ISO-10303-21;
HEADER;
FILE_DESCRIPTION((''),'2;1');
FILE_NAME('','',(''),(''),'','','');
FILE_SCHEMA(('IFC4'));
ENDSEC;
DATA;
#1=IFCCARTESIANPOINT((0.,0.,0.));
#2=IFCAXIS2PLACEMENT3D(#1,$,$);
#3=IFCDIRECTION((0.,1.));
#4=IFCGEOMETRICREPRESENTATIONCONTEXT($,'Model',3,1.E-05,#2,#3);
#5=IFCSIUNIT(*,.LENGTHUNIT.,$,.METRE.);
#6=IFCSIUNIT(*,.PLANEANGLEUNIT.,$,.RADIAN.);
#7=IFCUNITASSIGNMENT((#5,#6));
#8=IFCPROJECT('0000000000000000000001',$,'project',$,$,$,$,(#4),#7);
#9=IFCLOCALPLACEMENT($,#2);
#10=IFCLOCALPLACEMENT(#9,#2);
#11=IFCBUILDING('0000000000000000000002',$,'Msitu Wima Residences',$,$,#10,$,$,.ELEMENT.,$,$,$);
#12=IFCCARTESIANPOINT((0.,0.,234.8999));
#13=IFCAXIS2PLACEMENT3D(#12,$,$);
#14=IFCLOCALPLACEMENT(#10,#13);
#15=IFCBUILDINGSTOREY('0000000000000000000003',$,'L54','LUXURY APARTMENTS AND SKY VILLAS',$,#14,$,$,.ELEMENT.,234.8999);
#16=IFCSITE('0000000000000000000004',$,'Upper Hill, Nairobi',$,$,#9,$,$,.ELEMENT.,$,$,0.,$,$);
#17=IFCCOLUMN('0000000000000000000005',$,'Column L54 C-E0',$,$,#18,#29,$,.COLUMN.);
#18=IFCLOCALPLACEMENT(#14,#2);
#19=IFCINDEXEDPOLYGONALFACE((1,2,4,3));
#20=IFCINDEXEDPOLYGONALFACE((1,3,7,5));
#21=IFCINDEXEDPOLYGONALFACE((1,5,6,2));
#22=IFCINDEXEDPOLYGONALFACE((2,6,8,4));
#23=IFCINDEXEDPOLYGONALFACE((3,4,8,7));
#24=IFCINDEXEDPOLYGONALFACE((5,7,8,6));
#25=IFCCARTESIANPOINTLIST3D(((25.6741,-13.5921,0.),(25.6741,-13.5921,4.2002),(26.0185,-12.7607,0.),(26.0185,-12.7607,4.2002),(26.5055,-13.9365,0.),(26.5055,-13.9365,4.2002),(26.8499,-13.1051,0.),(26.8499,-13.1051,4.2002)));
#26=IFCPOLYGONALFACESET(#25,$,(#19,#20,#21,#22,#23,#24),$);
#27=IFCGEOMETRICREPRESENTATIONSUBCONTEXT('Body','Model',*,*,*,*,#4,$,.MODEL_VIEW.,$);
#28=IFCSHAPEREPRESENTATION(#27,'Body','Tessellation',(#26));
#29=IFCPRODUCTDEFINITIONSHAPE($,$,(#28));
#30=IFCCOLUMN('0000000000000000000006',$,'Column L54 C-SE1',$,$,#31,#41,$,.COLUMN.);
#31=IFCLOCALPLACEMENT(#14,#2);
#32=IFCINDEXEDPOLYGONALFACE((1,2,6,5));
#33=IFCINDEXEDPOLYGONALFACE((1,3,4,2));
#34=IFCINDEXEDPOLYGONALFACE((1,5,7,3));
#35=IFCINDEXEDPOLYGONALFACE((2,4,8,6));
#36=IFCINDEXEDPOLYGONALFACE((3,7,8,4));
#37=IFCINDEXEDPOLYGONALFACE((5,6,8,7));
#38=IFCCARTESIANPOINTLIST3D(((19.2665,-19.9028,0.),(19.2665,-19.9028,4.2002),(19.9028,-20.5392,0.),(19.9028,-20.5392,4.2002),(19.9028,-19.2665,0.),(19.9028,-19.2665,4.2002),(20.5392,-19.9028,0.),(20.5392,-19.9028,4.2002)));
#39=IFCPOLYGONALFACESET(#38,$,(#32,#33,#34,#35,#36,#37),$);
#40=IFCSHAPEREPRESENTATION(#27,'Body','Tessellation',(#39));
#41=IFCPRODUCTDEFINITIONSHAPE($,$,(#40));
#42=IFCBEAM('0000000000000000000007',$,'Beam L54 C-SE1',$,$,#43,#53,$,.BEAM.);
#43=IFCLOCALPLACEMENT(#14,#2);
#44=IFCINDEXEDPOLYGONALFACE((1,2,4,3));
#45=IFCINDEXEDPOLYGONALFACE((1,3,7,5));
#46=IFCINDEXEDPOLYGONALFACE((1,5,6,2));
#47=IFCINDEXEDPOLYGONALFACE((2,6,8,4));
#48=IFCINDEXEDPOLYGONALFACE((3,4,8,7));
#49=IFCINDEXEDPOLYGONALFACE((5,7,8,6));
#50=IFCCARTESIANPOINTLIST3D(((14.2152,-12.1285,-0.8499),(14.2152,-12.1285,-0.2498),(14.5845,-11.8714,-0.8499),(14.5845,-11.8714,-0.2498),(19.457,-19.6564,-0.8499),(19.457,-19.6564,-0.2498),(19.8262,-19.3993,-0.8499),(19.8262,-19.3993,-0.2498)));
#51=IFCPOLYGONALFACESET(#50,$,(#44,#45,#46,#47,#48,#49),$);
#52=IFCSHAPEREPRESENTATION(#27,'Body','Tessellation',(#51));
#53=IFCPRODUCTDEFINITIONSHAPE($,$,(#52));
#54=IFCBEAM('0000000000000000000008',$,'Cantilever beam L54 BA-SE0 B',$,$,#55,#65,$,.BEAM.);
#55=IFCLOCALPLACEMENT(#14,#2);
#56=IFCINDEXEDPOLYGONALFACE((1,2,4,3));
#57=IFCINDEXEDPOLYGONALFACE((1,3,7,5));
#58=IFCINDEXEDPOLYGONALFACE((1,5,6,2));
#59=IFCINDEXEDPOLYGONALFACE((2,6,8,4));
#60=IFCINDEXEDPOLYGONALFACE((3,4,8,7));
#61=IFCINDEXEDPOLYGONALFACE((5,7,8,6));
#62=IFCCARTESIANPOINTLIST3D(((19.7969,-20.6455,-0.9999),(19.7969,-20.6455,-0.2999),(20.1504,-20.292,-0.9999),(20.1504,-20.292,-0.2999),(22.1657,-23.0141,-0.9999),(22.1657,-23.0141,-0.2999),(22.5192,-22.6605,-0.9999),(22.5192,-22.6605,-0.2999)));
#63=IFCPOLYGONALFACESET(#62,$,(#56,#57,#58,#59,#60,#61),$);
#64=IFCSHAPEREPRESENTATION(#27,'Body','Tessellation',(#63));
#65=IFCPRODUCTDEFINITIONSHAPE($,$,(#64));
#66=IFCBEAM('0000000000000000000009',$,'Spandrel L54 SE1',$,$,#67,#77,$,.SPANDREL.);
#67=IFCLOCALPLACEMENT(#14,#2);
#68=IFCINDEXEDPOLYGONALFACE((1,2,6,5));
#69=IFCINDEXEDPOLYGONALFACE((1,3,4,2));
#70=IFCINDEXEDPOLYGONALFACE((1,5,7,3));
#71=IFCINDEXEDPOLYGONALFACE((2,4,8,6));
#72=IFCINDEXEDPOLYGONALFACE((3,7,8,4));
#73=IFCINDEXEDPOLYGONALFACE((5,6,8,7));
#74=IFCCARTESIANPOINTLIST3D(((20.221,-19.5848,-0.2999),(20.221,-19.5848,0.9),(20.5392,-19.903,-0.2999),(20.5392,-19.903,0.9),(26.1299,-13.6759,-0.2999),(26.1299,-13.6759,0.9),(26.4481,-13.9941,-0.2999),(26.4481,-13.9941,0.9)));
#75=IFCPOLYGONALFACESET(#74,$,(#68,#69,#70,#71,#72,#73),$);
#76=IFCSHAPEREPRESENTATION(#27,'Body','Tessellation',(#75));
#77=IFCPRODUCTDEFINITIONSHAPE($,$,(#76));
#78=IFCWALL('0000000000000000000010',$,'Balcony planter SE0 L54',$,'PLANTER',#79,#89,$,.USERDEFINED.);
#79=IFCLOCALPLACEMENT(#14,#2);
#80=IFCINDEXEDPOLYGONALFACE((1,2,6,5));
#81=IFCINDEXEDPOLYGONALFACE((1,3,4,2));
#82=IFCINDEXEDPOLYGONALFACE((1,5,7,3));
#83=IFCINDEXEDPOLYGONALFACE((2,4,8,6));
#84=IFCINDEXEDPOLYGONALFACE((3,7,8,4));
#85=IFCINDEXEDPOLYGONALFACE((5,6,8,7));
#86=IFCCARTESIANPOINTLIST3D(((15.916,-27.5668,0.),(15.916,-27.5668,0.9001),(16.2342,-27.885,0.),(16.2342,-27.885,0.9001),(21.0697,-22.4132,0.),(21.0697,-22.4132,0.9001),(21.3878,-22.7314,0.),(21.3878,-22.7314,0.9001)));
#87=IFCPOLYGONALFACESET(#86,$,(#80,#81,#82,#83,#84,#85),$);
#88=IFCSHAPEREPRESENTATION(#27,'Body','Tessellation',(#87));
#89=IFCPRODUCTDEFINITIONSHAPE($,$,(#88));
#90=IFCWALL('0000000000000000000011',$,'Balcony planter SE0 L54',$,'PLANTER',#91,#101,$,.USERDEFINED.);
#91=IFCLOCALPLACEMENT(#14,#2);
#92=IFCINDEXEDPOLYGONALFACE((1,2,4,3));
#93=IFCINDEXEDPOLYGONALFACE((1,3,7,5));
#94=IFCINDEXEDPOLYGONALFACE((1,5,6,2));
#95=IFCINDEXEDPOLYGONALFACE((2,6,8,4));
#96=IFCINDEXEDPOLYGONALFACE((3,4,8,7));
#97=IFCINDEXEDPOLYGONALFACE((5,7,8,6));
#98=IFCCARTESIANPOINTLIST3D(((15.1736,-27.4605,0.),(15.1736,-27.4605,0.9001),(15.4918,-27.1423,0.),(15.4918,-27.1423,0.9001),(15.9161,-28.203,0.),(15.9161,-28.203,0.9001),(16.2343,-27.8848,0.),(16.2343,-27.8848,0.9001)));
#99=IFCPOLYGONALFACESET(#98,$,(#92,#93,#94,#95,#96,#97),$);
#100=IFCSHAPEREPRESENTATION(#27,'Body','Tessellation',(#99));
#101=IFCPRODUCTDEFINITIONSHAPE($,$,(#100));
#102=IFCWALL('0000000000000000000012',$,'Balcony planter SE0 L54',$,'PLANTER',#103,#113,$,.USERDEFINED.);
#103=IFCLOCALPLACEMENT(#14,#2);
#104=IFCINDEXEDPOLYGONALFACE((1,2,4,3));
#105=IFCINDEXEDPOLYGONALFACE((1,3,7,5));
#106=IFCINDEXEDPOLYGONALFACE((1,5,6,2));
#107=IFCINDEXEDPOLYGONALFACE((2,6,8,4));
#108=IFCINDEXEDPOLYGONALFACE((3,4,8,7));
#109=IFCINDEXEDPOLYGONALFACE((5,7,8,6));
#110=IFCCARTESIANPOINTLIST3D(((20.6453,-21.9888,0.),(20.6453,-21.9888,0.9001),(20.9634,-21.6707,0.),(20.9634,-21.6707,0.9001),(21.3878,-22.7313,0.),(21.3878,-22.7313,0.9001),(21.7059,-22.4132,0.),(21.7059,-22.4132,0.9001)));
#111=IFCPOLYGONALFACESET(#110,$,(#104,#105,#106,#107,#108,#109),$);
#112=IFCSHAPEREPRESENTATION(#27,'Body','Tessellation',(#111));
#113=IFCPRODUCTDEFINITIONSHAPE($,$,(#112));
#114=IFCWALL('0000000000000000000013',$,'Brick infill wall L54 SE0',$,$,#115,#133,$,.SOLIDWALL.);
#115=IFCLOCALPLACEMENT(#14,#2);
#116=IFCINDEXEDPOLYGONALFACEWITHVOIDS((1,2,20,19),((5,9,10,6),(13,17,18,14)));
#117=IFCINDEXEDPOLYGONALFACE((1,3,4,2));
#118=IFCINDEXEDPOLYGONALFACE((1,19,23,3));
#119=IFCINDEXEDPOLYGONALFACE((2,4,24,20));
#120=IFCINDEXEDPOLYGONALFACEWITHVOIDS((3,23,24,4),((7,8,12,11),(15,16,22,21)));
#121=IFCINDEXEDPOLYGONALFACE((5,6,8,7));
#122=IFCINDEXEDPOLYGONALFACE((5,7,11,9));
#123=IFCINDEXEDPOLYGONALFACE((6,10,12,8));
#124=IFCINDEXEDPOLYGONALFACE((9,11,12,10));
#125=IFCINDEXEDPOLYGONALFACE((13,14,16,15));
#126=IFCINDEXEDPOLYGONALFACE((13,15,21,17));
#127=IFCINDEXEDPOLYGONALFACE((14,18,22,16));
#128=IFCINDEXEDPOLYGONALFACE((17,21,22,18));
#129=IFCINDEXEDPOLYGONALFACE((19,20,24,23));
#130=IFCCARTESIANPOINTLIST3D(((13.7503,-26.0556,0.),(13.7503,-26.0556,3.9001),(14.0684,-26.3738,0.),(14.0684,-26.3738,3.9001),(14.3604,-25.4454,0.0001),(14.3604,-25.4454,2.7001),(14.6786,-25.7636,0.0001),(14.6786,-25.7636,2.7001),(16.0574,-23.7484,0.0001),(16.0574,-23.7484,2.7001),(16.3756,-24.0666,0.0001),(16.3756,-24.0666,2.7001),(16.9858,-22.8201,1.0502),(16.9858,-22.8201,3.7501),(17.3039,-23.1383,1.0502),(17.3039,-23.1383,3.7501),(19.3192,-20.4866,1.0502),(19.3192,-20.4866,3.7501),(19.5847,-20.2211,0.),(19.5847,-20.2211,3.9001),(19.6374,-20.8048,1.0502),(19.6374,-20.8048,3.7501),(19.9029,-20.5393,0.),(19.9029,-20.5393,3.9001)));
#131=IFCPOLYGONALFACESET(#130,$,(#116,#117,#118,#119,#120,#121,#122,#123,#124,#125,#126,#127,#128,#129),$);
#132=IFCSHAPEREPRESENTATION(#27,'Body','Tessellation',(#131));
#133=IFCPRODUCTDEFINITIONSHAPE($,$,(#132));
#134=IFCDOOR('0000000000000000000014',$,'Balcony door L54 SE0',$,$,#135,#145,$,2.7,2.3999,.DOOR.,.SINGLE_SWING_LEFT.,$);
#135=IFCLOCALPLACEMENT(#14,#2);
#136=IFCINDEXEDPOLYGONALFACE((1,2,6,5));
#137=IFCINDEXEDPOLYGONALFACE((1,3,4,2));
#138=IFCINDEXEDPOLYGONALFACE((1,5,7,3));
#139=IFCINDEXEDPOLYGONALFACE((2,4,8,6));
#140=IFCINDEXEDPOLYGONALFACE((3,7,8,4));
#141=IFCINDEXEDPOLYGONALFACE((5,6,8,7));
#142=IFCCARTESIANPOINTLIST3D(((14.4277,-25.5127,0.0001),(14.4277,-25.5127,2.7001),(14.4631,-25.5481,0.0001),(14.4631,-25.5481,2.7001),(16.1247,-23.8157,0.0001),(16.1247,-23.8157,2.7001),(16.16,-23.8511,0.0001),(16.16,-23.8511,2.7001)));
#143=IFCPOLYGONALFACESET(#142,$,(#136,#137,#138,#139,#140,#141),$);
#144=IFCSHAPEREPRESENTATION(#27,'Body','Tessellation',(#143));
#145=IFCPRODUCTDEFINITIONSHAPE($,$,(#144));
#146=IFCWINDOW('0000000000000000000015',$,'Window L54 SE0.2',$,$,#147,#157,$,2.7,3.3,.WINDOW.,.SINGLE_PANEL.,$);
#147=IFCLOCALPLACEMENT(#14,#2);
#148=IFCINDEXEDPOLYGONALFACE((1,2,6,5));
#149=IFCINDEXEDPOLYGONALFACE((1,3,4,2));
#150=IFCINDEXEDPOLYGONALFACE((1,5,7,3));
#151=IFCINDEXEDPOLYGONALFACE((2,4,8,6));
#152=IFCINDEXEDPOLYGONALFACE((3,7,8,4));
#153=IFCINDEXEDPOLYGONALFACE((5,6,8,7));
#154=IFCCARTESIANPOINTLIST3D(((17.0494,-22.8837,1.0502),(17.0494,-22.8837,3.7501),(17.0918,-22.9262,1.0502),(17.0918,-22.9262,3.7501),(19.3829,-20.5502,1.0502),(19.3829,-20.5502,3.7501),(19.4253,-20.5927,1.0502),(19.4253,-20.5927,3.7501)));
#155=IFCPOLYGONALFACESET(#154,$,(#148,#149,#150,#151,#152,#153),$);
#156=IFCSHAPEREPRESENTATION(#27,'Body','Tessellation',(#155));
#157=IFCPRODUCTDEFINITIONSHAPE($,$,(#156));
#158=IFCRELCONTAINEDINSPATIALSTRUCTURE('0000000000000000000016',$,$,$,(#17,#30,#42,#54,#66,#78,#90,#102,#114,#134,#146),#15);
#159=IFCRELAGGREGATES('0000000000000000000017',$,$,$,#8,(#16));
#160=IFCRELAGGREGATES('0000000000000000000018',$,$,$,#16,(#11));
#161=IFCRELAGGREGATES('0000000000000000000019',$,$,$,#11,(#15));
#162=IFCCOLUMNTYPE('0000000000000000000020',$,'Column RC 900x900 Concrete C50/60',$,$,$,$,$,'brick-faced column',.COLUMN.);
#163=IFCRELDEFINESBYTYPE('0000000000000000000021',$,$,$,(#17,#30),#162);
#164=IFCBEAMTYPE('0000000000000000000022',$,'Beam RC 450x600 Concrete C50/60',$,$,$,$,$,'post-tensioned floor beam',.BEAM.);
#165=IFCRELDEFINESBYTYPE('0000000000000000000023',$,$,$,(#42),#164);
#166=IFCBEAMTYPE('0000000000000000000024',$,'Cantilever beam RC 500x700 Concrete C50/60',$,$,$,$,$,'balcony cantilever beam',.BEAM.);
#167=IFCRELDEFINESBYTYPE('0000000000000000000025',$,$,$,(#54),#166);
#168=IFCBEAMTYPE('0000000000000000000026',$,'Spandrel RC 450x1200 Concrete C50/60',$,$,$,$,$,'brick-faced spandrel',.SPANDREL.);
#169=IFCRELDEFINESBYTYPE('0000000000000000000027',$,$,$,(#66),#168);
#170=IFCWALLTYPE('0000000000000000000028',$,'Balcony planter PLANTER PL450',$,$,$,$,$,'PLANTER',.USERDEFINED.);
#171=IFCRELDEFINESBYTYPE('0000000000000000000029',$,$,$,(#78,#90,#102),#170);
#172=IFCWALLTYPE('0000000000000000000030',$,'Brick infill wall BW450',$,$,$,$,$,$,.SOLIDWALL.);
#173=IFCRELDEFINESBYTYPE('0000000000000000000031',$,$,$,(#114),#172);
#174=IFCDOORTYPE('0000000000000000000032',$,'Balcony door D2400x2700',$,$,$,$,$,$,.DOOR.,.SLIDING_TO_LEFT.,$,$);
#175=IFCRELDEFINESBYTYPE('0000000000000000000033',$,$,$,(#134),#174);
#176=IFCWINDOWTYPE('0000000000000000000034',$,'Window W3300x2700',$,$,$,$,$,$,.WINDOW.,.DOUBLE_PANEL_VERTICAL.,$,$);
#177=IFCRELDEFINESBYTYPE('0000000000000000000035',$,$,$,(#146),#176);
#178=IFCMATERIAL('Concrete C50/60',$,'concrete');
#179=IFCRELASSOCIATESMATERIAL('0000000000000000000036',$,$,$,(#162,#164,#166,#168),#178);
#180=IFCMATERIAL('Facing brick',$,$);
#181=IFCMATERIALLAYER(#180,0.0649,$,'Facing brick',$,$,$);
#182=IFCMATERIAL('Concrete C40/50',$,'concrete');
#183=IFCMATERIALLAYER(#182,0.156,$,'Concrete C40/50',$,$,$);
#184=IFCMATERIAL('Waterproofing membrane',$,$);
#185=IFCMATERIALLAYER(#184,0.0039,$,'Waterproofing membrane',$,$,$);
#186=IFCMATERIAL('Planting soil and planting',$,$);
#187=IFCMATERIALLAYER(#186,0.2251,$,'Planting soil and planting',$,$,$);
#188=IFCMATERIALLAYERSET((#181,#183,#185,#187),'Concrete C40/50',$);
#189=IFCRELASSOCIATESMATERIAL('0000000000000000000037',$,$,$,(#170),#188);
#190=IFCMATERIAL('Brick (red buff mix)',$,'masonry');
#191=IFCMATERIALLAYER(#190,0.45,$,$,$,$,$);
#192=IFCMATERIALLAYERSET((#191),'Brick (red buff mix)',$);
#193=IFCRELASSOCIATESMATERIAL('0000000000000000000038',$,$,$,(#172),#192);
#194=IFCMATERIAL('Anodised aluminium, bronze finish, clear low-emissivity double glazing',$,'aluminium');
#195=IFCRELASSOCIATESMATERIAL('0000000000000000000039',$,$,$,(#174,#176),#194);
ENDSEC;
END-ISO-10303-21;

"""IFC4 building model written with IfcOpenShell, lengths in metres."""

from ifc_helpers import new_model, si_unit, direction, frame, frame_2d, origin, origin_2d, place, context, subcontext, project, spatial, rectangle, extrude, material, layer, layer_set, material_profile, profile_set, type_object, element, fill, save


model = new_model("IFC4")

# Units and contexts
model_context = context("Model", 3, precision=1e-05, world=origin(), true_north=direction((0.0, 1.0)))
body_context = subcontext(model_context, "Body", "Model", "MODEL_VIEW")
ifc_project = project(units=[si_unit("LENGTHUNIT", "METRE"), si_unit("PLANEANGLEUNIT", "RADIAN")], contexts=[model_context])

# Site, building, storey
site_placement = place(None, origin())
site = spatial("IfcSite", under=ifc_project, at=site_placement, Name="Upper Hill, Nairobi", CompositionType="ELEMENT", RefElevation=0.0)
building_placement = place(site_placement, origin())
building = spatial("IfcBuilding", under=site, at=building_placement, Name="Msitu Wima Residences", CompositionType="ELEMENT")
storey_placement = place(building_placement, frame((0.0, 0.0, 234.8999)))
storey = spatial("IfcBuildingStorey", under=building, at=storey_placement, Name="L54", Description="LUXURY APARTMENTS AND SKY VILLAS", CompositionType="ELEMENT", Elevation=234.8999)

# Columns
ifc_material_1 = material(Name="Concrete C50/60", Category="concrete")
ifc_material_profile_1 = material_profile(ifc_material_1, rectangle(XDim=0.8999, YDim=0.8999, at=origin_2d()), Name="RC 900x900")
ifc_profile_set_1 = profile_set([ifc_material_profile_1], Name="Concrete C50/60")
column_type = type_object("IfcColumnType", Name="Column RC 900x900 Concrete C50/60", ElementType="brick-faced column", PredefinedType="COLUMN", material=ifc_profile_set_1)
for number, where, z_axis, x_axis, name in (
    (1, (26.262, -13.3486, 0.0), (0.0, 0.0, 1.0), (0.382683, 0.92388, 0.0), "Column L54 C-E0"),
    (2, (19.9028, -19.9028, 0.0), (0.0, 0.0, 1.0), (0.707107, 0.707107, 0.0), "Column L54 C-SE1"),
):
    element("IfcColumn", number, at=place(storey_placement, frame(where, z_axis=z_axis, x_axis=x_axis)), inside=storey, type_object=column_type, Name=name, PredefinedType="COLUMN", context=body_context, shape_type="SweptSolid", body=[
        extrude(rectangle(XDim=0.8999, YDim=0.8999, at=origin_2d()), origin(), (0.0, 0.0, 1.0), 4.2002),
    ])

# Beams
ifc_material_profile_2 = material_profile(ifc_material_1, rectangle(XDim=0.45, YDim=0.6001, at=origin_2d()), Name="RC 450x600")
ifc_profile_set_2 = profile_set([ifc_material_profile_2], Name="Concrete C50/60")
beam_type_1 = type_object("IfcBeamType", Name="Beam RC 450x600 Concrete C50/60", ElementType="post-tensioned floor beam", PredefinedType="BEAM", material=ifc_profile_set_2)
beam_1_placement = place(storey_placement, frame((19.6416, -19.5278, -0.5498), z_axis=(-0.571428, 0.820652, 0.0), x_axis=(-0.820652, -0.571428, 0.0)))
element("IfcBeam", 3, at=beam_1_placement, inside=storey, type_object=beam_type_1, Name="Beam L54 C-SE1", PredefinedType="BEAM", context=body_context, shape_type="SweptSolid", body=[
    extrude(rectangle(XDim=0.45, YDim=0.6001, at=origin_2d()), origin(), (0.0, 0.0, 1.0), 9.1731),
])
ifc_material_profile_3 = material_profile(ifc_material_1, rectangle(XDim=0.5, YDim=0.7, at=origin_2d()), Name="RC 500x700")
ifc_profile_set_3 = profile_set([ifc_material_profile_3], Name="Concrete C50/60")
beam_type_2 = type_object("IfcBeamType", Name="Cantilever beam RC 500x700 Concrete C50/60", ElementType="balcony cantilever beam", PredefinedType="BEAM", material=ifc_profile_set_3)
beam_2_placement = place(storey_placement, frame((19.9736, -20.4688, -0.6499), z_axis=(0.707143, -0.70707, 0.0), x_axis=(0.70707, 0.707143, 0.0)))
element("IfcBeam", 4, at=beam_2_placement, inside=storey, type_object=beam_type_2, Name="Cantilever beam L54 BA-SE0 B", PredefinedType="BEAM", context=body_context, shape_type="SweptSolid", body=[
    extrude(rectangle(XDim=0.5, YDim=0.7, at=origin_2d()), origin(), (0.0, 0.0, 1.0), 3.3499),
])
ifc_material_profile_4 = material_profile(ifc_material_1, rectangle(XDim=0.45, YDim=1.2, at=origin_2d()), Name="RC 450x1200")
ifc_profile_set_4 = profile_set([ifc_material_profile_4], Name="Concrete C50/60")
beam_type_3 = type_object("IfcBeamType", Name="Spandrel RC 450x1200 Concrete C50/60", ElementType="brick-faced spandrel", PredefinedType="SPANDREL", material=ifc_profile_set_4)
beam_3_placement = place(storey_placement, frame((20.3801, -19.7439, 0.3), z_axis=(0.707107, 0.707107, 0.0), x_axis=(-0.707107, 0.707107, 0.0)))
element("IfcBeam", 5, at=beam_3_placement, inside=storey, type_object=beam_type_3, Name="Spandrel L54 SE1", PredefinedType="SPANDREL", context=body_context, shape_type="SweptSolid", body=[
    extrude(rectangle(XDim=0.45, YDim=1.2, at=origin_2d()), origin(), (0.0, 0.0, 1.0), 8.3564),
])

# Walls
ifc_material_2 = material(Name="Facing brick")
ifc_layer_1 = layer(ifc_material_2, 0.0649, Name="Facing brick")
ifc_material_3 = material(Name="Concrete C40/50", Category="concrete")
ifc_layer_2 = layer(ifc_material_3, 0.156, Name="Concrete C40/50")
ifc_material_4 = material(Name="Waterproofing membrane")
ifc_layer_3 = layer(ifc_material_4, 0.0039, Name="Waterproofing membrane")
ifc_material_5 = material(Name="Planting soil and planting")
ifc_layer_4 = layer(ifc_material_5, 0.2251, Name="Planting soil and planting")
ifc_layer_set_1 = layer_set([ifc_layer_1, ifc_layer_2, ifc_layer_3, ifc_layer_4], Name="Concrete C40/50")
wall_type_1 = type_object("IfcWallType", Name="Balcony planter PLANTER PL450", ElementType="PLANTER", PredefinedType="USERDEFINED", material=ifc_layer_set_1)
wall_1_placement = place(storey_placement, frame((16.0752, -27.7258, 0.0), z_axis=(0.0, 0.0, 1.0), x_axis=(0.707107, 0.707107, 0.0)))
element("IfcWall", 6, at=wall_1_placement, inside=storey, type_object=wall_type_1, Name="Balcony planter SE0 L54", ObjectType="PLANTER", PredefinedType="USERDEFINED", context=body_context, shape_type="SweptSolid", body=[
    extrude(rectangle(XDim=7.2883, YDim=0.45, at=frame_2d((3.644, 0.0))), origin(), (0.0, 0.0, 1.0), 0.9001),
])
for number, where, z_axis, x_axis, name in (
    (7, (15.3328, -27.3015, 0.0), (0.0, 0.0, 1.0), (0.707107, -0.707107, 0.0), "Balcony planter SE0 L54"),
    (8, (20.8044, -21.8298, 0.0), (0.0, 0.0, 1.0), (0.707107, -0.707107, 0.0), "Balcony planter SE0 L54"),
):
    element("IfcWall", number, at=place(storey_placement, frame(where, z_axis=z_axis, x_axis=x_axis)), inside=storey, type_object=wall_type_1, Name=name, ObjectType="PLANTER", PredefinedType="USERDEFINED", context=body_context, shape_type="SweptSolid", body=[
        extrude(rectangle(XDim=1.05, YDim=0.45, at=frame_2d((0.5249, 0.0))), origin(), (0.0, 0.0, 1.0), 0.9001),
    ])

# Wall, openings, door, window
ifc_material_6 = material(Name="Brick (red buff mix)", Category="masonry")
ifc_layer_5 = layer(ifc_material_6, 0.45)
ifc_layer_set_2 = layer_set([ifc_layer_5], Name="Brick (red buff mix)")
wall_type_2 = type_object("IfcWallType", Name="Brick infill wall BW450", PredefinedType="SOLIDWALL", material=ifc_layer_set_2)
wall_2_placement = place(storey_placement, frame((13.9094, -26.2146, 0.0), z_axis=(0.0, 0.0, 1.0), x_axis=(0.707107, 0.707107, 0.0)))
wall_2 = element("IfcWall", 9, at=wall_2_placement, inside=storey, type_object=wall_type_2, Name="Brick infill wall L54 SE0", PredefinedType="SOLIDWALL", context=body_context, shape_type="SweptSolid", body=[
    extrude(rectangle(XDim=8.2512, YDim=0.45, at=frame_2d((4.1255, 0.0))), origin(), (0.0, 0.0, 1.0), 3.9001),
])
opening_1_placement = place(wall_2_placement, frame((0.8628, 0.0, 0.0)))
opening_1 = element("IfcOpeningElement", 10, at=opening_1_placement, cuts=wall_2, PredefinedType="OPENING", context=body_context, shape_type="SweptSolid", body=[
    extrude(rectangle(XDim=2.3999, YDim=2.7, at=frame_2d((1.2, 1.3501))), frame((0.0, 0.2349, 0.0), z_axis=(0.0, -1.0, 0.0), x_axis=(1.0, 0.0, 0.0)), (0.0, 0.0, 1.0), 0.47),
])
opening_2_placement = place(wall_2_placement, frame((4.5757, 0.0, 1.05)))
opening_2 = element("IfcOpeningElement", 11, at=opening_2_placement, cuts=wall_2, PredefinedType="OPENING", context=body_context, shape_type="SweptSolid", body=[
    extrude(rectangle(XDim=3.3, YDim=2.7, at=frame_2d((1.6499, 1.3501))), frame((0.0, 0.2349, 0.0), z_axis=(0.0, -1.0, 0.0), x_axis=(1.0, 0.0, 0.0)), (0.0, 0.0, 1.0), 0.47),
])
ifc_material_7 = material(Name="Anodised aluminium, bronze finish, clear low-emissivity double glazing", Category="aluminium")
door_type_1 = type_object("IfcDoorType", Name="Balcony door D2400x2700", OperationType="SLIDING_TO_LEFT", PredefinedType="DOOR", material=ifc_material_7)
door_1_placement = place(opening_1_placement, origin())
door_1 = element("IfcDoor", 12, at=door_1_placement, inside=storey, type_object=door_type_1, Name="Balcony door L54 SE0", OperationType="SINGLE_SWING_LEFT", OverallHeight=2.7, OverallWidth=2.3999, PredefinedType="DOOR", context=body_context, shape_type="SweptSolid", body=[
    extrude(rectangle(XDim=2.3999, YDim=2.7, at=frame_2d((1.2, 1.3501))), frame((0.0, 0.1299, 0.0), z_axis=(0.0, -1.0, 0.0), x_axis=(1.0, 0.0, 0.0)), (0.0, 0.0, 1.0), 0.05),
])
fill(opening_1, door_1)
window_type = type_object("IfcWindowType", Name="Window W3300x2700", PartitioningType="DOUBLE_PANEL_VERTICAL", PredefinedType="WINDOW", material=ifc_material_7)
window_1_placement = place(opening_2_placement, origin())
window_1 = element("IfcWindow", 13, at=window_1_placement, inside=storey, type_object=window_type, Name="Window L54 SE0.2", OverallHeight=2.7, OverallWidth=3.3, PartitioningType="SINGLE_PANEL", PredefinedType="WINDOW", context=body_context, shape_type="SweptSolid", body=[
    extrude(rectangle(XDim=3.3, YDim=2.7, at=frame_2d((1.6499, 1.3501))), frame((0.0, 0.135, 0.0), z_axis=(0.0, -1.0, 0.0), x_axis=(1.0, 0.0, 0.0)), (0.0, 0.0, 1.0), 0.0601),
])
fill(opening_2, window_1)

save(model, "model.ifc")
